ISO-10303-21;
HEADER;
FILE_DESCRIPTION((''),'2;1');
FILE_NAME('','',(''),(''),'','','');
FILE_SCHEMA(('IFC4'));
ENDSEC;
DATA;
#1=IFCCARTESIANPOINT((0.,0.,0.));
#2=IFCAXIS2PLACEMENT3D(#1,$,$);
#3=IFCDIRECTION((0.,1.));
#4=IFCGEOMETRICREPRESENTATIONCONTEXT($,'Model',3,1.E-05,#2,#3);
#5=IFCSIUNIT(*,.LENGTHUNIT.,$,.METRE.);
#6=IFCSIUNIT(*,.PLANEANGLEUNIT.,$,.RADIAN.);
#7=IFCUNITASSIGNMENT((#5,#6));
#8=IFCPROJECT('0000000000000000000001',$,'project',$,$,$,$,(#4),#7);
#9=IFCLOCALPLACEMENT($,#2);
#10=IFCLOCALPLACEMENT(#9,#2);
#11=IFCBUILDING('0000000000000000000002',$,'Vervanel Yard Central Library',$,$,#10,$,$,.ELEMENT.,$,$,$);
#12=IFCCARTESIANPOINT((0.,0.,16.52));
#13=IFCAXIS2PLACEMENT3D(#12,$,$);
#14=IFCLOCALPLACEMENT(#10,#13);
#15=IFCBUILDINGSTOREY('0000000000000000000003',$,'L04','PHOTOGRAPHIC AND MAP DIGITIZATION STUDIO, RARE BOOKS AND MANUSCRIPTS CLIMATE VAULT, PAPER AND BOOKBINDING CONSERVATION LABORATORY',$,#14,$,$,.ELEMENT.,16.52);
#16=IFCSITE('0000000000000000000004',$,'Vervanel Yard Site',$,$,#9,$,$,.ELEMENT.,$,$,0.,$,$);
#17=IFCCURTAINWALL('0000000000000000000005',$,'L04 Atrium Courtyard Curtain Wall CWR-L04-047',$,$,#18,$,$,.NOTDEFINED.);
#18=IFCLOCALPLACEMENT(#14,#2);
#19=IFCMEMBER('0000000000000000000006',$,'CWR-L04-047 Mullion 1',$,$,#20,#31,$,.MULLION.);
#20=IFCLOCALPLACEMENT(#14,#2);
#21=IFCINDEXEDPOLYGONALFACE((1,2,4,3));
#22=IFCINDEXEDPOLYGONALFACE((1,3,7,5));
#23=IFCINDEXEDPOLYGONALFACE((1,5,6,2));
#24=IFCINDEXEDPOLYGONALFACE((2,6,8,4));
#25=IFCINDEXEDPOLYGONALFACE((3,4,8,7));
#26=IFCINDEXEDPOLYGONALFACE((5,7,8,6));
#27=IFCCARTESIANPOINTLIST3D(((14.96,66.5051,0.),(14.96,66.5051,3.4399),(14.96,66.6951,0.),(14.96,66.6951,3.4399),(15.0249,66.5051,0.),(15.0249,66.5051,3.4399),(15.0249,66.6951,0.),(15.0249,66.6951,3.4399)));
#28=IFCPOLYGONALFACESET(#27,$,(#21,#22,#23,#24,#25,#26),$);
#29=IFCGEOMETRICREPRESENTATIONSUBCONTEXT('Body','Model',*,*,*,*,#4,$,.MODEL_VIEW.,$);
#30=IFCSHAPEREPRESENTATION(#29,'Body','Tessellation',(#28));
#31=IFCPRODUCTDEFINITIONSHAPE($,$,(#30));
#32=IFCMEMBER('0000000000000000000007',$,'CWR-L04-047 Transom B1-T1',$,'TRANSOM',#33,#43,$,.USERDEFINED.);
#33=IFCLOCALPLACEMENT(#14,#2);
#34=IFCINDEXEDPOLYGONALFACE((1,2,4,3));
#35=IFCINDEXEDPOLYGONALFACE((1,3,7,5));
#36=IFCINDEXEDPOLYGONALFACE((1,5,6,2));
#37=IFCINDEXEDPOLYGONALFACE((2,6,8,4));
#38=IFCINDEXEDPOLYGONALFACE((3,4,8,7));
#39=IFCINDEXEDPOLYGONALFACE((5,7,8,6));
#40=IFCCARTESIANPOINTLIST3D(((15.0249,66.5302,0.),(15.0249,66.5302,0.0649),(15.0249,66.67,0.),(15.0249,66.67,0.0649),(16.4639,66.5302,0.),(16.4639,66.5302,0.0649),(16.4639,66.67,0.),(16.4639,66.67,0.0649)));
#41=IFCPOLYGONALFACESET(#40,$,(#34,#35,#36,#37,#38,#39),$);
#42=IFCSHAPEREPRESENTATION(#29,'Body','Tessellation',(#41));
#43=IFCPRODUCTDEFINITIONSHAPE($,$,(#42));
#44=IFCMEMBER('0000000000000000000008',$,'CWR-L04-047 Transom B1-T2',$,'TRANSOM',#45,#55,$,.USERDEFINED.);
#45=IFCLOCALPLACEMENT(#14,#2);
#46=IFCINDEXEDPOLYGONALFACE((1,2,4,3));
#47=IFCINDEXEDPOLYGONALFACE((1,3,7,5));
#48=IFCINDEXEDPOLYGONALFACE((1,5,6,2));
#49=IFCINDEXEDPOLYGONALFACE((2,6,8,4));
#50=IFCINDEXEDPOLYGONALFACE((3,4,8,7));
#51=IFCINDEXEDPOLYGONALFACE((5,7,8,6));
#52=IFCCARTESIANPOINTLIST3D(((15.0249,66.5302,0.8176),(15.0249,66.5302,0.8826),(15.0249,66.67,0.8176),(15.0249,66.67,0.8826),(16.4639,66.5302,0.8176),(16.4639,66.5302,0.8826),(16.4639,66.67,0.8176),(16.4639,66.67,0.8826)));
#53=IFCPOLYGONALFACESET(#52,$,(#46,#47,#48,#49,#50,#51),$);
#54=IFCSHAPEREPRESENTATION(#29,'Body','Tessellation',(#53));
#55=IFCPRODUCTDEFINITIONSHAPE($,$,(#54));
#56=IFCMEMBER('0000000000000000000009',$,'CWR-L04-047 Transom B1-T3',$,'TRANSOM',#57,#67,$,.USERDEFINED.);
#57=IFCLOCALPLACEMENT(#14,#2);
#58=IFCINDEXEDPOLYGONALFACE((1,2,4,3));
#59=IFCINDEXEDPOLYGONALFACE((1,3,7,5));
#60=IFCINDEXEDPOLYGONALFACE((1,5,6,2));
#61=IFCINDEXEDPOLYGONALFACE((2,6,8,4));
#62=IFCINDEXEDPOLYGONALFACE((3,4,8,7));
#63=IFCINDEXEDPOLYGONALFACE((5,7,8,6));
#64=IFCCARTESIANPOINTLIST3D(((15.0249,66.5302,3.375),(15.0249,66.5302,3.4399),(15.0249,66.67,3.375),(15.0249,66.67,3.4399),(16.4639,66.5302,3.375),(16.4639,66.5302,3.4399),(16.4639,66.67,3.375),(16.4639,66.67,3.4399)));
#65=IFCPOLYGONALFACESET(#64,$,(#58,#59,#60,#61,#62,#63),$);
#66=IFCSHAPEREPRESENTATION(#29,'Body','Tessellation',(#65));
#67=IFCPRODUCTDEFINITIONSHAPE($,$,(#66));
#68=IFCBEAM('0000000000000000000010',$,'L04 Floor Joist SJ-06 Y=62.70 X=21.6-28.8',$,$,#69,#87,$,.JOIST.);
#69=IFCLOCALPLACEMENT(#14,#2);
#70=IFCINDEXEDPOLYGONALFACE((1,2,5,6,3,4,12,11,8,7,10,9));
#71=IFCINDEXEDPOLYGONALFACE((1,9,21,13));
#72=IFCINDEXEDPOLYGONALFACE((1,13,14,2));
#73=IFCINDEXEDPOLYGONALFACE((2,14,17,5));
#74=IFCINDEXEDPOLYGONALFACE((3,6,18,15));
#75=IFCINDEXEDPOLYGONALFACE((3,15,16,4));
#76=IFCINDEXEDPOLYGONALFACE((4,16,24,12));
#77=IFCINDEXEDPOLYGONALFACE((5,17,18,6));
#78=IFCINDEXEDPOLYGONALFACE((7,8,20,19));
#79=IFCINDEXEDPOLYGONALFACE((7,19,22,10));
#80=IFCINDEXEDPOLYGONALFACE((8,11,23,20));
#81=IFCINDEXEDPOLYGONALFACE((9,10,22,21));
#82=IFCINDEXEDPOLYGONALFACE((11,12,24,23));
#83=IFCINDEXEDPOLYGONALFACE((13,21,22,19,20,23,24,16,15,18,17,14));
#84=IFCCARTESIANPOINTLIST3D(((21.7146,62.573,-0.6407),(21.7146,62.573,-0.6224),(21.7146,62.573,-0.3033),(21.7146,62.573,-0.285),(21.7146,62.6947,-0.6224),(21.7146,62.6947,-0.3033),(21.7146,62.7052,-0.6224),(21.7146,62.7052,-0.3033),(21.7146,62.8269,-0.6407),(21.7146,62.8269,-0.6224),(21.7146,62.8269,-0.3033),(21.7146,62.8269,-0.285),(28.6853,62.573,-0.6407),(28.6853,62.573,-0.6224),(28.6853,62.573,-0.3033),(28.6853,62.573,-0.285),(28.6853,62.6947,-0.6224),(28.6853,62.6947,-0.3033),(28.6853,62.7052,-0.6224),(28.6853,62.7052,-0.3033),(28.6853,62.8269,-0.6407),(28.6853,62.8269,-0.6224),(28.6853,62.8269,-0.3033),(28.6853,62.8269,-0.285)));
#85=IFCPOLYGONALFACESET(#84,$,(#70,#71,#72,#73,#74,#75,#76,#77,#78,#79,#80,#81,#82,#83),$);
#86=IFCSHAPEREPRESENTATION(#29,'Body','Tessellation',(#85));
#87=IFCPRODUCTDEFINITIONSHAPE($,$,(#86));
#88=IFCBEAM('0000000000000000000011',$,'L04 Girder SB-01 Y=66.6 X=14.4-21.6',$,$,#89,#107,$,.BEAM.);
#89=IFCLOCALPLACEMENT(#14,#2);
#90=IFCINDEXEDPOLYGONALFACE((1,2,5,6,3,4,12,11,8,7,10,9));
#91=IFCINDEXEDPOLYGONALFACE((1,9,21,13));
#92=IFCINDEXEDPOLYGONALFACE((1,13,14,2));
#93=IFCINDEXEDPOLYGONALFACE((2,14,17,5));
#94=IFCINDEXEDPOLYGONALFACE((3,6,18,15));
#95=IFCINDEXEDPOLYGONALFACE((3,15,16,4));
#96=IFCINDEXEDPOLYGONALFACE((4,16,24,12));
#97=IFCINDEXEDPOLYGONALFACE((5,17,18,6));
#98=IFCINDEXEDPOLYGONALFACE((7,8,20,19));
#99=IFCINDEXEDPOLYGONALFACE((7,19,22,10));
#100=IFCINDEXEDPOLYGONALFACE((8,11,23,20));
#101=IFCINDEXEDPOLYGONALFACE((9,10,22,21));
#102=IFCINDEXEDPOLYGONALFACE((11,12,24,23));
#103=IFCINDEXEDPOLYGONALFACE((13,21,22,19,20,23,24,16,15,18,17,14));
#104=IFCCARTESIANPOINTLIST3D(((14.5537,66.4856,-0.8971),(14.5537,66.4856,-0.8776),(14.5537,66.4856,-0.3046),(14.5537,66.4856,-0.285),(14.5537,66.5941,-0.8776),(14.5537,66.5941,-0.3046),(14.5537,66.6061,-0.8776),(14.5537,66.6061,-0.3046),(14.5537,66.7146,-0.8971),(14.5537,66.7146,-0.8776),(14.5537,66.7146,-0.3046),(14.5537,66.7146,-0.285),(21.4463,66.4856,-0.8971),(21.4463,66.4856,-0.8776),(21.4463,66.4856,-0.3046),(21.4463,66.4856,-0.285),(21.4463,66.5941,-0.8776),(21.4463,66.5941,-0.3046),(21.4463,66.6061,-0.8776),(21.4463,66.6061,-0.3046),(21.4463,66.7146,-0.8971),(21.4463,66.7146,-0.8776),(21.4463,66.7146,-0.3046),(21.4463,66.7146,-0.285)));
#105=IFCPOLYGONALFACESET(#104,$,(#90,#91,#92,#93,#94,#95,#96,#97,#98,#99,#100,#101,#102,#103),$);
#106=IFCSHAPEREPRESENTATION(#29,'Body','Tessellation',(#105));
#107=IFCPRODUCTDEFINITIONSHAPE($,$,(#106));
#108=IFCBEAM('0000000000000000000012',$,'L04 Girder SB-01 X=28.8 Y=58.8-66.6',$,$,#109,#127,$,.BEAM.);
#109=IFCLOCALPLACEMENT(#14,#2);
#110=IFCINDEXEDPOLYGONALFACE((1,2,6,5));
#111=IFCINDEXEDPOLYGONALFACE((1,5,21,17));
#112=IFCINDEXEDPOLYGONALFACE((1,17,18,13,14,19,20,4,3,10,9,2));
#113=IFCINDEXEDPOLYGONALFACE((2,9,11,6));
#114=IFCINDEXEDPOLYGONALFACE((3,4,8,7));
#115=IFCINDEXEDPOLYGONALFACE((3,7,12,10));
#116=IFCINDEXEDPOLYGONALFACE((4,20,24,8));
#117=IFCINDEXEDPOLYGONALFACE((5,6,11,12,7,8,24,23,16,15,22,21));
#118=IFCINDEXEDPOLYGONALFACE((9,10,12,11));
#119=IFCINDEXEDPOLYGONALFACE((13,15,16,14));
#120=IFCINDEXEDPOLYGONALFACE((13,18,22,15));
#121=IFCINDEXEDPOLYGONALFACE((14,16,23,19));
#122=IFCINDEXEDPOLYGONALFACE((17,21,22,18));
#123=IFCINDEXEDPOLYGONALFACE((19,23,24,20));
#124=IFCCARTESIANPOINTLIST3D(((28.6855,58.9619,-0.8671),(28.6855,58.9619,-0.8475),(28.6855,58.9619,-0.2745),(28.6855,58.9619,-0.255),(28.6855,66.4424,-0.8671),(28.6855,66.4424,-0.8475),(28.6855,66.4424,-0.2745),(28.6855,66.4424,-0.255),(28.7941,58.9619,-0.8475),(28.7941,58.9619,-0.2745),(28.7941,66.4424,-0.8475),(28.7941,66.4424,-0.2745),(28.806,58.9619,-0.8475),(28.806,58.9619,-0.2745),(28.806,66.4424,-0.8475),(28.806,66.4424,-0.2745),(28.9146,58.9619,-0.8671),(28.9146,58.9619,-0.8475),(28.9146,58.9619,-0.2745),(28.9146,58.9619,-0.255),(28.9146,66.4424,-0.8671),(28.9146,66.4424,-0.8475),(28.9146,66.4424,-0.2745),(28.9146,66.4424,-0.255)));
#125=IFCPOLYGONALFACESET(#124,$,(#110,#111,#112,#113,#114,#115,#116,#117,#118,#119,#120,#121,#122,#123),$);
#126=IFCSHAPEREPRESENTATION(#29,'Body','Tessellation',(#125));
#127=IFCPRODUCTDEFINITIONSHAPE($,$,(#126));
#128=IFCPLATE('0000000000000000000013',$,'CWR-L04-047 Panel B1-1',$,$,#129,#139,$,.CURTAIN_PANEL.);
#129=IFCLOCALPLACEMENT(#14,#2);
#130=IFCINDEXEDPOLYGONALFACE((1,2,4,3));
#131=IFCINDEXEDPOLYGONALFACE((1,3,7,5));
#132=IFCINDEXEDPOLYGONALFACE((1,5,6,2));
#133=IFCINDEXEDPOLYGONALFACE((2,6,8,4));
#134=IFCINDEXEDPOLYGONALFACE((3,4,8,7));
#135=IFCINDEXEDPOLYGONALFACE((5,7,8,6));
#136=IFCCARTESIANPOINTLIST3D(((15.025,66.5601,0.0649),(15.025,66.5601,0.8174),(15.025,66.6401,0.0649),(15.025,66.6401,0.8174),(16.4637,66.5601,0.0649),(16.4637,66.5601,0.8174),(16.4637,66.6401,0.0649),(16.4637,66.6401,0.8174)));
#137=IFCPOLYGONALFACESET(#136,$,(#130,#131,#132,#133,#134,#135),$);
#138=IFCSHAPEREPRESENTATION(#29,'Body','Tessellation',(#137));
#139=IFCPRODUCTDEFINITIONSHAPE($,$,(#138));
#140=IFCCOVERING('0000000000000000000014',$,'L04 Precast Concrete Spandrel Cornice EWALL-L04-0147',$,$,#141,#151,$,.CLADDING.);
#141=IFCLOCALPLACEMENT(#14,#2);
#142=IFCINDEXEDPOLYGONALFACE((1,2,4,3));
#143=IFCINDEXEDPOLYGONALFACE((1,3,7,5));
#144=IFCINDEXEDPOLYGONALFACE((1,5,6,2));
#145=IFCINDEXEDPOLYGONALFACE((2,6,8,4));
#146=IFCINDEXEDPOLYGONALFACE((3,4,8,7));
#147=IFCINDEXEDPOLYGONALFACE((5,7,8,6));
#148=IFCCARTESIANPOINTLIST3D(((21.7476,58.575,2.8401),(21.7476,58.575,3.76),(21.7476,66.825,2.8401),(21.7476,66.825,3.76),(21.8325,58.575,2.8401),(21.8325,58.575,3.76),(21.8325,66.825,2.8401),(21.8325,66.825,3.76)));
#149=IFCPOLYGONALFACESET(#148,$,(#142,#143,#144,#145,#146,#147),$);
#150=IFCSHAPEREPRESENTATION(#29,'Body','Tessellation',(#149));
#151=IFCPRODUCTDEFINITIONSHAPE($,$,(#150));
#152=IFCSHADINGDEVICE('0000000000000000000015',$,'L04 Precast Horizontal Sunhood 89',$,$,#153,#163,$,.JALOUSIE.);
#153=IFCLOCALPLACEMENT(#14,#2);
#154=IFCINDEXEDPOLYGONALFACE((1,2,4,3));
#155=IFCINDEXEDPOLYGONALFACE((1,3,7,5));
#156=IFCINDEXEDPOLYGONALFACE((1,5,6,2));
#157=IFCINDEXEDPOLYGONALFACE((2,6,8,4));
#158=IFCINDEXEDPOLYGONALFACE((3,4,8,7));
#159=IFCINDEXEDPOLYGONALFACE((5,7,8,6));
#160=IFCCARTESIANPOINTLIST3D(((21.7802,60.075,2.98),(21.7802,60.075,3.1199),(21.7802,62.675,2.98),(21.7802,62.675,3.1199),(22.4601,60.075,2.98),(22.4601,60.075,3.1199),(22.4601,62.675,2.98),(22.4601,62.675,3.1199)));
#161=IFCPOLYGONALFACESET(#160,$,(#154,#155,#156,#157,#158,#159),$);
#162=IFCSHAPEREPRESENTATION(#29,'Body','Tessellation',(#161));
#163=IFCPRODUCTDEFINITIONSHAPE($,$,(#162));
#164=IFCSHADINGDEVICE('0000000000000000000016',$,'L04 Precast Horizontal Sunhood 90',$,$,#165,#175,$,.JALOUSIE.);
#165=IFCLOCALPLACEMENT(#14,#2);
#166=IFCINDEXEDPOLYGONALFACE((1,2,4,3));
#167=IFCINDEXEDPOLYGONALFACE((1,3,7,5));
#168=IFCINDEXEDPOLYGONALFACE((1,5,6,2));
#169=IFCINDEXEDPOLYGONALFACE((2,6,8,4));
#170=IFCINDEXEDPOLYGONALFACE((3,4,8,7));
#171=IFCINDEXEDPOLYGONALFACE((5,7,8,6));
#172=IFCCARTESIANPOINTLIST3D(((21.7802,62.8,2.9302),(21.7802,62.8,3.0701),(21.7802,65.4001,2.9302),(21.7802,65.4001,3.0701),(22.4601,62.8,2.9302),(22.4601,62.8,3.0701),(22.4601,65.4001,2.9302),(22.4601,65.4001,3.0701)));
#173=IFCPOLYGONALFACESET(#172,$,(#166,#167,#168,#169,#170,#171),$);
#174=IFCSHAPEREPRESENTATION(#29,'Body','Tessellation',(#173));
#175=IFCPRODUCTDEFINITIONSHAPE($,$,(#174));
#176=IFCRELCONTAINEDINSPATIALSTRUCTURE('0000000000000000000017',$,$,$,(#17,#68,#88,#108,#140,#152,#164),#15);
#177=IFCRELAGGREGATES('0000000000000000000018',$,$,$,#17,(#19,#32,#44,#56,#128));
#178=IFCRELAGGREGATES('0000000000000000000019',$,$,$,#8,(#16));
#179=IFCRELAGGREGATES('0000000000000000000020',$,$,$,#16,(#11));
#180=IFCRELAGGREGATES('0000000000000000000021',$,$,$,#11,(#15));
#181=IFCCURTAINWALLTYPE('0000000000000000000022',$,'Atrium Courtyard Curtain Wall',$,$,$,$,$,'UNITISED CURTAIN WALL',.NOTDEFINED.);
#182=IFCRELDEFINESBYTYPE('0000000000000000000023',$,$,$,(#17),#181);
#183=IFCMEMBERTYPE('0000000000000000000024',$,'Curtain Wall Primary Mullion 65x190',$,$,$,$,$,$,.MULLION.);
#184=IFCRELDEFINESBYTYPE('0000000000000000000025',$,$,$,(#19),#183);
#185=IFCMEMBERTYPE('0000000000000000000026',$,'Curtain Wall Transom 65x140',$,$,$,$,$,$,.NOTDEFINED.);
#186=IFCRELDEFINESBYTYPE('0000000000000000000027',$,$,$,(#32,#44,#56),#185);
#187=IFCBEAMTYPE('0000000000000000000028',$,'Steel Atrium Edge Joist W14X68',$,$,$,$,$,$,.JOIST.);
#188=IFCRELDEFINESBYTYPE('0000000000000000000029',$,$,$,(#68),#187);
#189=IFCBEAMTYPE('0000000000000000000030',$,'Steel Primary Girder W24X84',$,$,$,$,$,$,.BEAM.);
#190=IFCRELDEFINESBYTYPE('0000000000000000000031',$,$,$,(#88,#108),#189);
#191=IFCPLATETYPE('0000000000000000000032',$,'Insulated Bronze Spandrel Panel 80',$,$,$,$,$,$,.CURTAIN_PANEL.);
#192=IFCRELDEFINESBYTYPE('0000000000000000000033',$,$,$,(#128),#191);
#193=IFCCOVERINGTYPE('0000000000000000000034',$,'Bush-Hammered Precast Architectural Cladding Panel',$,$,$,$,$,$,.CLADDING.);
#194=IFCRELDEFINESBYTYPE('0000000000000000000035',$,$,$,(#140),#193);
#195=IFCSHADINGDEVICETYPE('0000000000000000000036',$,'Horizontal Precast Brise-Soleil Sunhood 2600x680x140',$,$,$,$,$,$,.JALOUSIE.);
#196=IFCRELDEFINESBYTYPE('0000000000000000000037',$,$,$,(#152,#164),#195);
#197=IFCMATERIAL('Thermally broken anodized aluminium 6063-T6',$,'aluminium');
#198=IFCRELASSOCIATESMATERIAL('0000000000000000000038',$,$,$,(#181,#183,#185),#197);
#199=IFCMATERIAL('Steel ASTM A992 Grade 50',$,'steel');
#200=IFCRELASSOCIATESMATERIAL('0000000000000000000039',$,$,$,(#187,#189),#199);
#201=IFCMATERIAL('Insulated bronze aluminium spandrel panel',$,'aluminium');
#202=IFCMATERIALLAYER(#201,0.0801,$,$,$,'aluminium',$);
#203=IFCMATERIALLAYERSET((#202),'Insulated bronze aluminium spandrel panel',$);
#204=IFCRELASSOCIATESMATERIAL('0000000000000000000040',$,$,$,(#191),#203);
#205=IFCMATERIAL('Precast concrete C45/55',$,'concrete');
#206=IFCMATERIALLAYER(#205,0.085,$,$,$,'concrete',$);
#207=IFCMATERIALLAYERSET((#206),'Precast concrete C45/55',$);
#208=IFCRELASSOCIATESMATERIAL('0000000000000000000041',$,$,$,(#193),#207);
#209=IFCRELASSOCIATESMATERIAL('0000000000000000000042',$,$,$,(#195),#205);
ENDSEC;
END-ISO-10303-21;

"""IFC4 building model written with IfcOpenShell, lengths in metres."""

from ifc_helpers import new_model, si_unit, direction, frame, origin, origin_2d, place, context, subcontext, project, spatial, rectangle, i_section, extrude, material, layer, layer_set, material_profile, profile_set, type_object, element, aggregate, save


model = new_model("IFC4")

# Units and contexts
model_context = context("Model", 3, precision=1e-05, world=origin(), true_north=direction((0.0, 1.0)))
body_context = subcontext(model_context, "Body", "Model", "MODEL_VIEW")
ifc_project = project(units=[si_unit("LENGTHUNIT", "METRE"), si_unit("PLANEANGLEUNIT", "RADIAN")], contexts=[model_context])

# Site, building, storey
site_placement = place(None, origin())
site = spatial("IfcSite", under=ifc_project, at=site_placement, Name="Vervanel Yard Site", CompositionType="ELEMENT", RefElevation=0.0)
building_placement = place(site_placement, origin())
building = spatial("IfcBuilding", under=site, at=building_placement, Name="Vervanel Yard Central Library", CompositionType="ELEMENT")
storey_placement = place(building_placement, frame((0.0, 0.0, 16.52)))
storey = spatial("IfcBuildingStorey", under=building, at=storey_placement, Name="L04", Description="PHOTOGRAPHIC AND MAP DIGITIZATION STUDIO, RARE BOOKS AND MANUSCRIPTS CLIMATE VAULT, PAPER AND BOOKBINDING CONSERVATION LABORATORY", CompositionType="ELEMENT", Elevation=16.52)

# Curtain wall, members
ifc_material_1 = material(Name="Thermally broken anodized aluminium 6063-T6", Category="aluminium")
curtain_wall_type = type_object("IfcCurtainWallType", Name="Atrium Courtyard Curtain Wall", ElementType="UNITISED CURTAIN WALL", PredefinedType="NOTDEFINED", material=ifc_material_1)
curtain_wall_placement = place(storey_placement, origin())
curtain_wall = element("IfcCurtainWall", 1, at=curtain_wall_placement, inside=storey, type_object=curtain_wall_type, Name="L04 Atrium Courtyard Curtain Wall CWR-L04-047", PredefinedType="NOTDEFINED")
ifc_material_profile_1 = material_profile(ifc_material_1, rectangle(XDim=0.0649, YDim=0.1899, at=origin_2d()), Name="ALU 65x190", Category="aluminium")
ifc_profile_set_1 = profile_set([ifc_material_profile_1], Name="Thermally broken anodized aluminium 6063-T6")
member_type_1 = type_object("IfcMemberType", Name="Curtain Wall Primary Mullion 65x190", PredefinedType="MULLION", material=ifc_profile_set_1)
member_1_placement = place(storey_placement, frame((14.9924, 66.6001, 0.0), z_axis=(0.0, 0.0, 1.0), x_axis=(1.0, 0.0, 0.0)))
member_1 = element("IfcMember", 2, at=member_1_placement, type_object=member_type_1, Name="CWR-L04-047 Mullion 1", PredefinedType="MULLION", context=body_context, shape_type="SweptSolid", body=[
    extrude(rectangle(XDim=0.0649, YDim=0.1899, at=origin_2d()), origin(), (0.0, 0.0, 1.0), 3.4399),
])
ifc_material_profile_2 = material_profile(ifc_material_1, rectangle(XDim=0.0649, YDim=0.1399, at=origin_2d()), Name="ALU 65x140", Category="aluminium")
ifc_profile_set_2 = profile_set([ifc_material_profile_2], Name="Thermally broken anodized aluminium 6063-T6")
member_type_2 = type_object("IfcMemberType", Name="Curtain Wall Transom 65x140", PredefinedType="NOTDEFINED", material=ifc_profile_set_2)
member_2_placement = place(storey_placement, frame((15.0249, 66.6001, 0.0325), z_axis=(1.0, 0.0, 0.0), x_axis=(0.0, 0.0, 1.0)))
member_2 = element("IfcMember", 3, at=member_2_placement, type_object=member_type_2, Name="CWR-L04-047 Transom B1-T1", ObjectType="TRANSOM", PredefinedType="USERDEFINED", context=body_context, shape_type="SweptSolid", body=[
    extrude(rectangle(XDim=0.0649, YDim=0.1399, at=origin_2d()), origin(), (0.0, 0.0, 1.0), 1.439),
])
member_3_placement = place(storey_placement, frame((15.0249, 66.6001, 0.8501), z_axis=(1.0, 0.0, 0.0), x_axis=(0.0, 0.0, 1.0)))
member_3 = element("IfcMember", 4, at=member_3_placement, type_object=member_type_2, Name="CWR-L04-047 Transom B1-T2", ObjectType="TRANSOM", PredefinedType="USERDEFINED", context=body_context, shape_type="SweptSolid", body=[
    extrude(rectangle(XDim=0.0649, YDim=0.1399, at=origin_2d()), origin(), (0.0, 0.0, 1.0), 1.439),
])
member_4_placement = place(storey_placement, frame((15.0249, 66.6001, 3.4075), z_axis=(1.0, 0.0, 0.0), x_axis=(0.0, 0.0, 1.0)))
member_4 = element("IfcMember", 5, at=member_4_placement, type_object=member_type_2, Name="CWR-L04-047 Transom B1-T3", ObjectType="TRANSOM", PredefinedType="USERDEFINED", context=body_context, shape_type="SweptSolid", body=[
    extrude(rectangle(XDim=0.0649, YDim=0.1399, at=origin_2d()), origin(), (0.0, 0.0, 1.0), 1.439),
])

# Beams
ifc_material_2 = material(Name="Steel ASTM A992 Grade 50", Category="steel")
ifc_material_profile_3 = material_profile(ifc_material_2, i_section(OverallWidth=0.2539, OverallDepth=0.3557, WebThickness=0.0105, FlangeThickness=0.0183, at=origin_2d()), Name="W14X68", Category="steel")
ifc_profile_set_3 = profile_set([ifc_material_profile_3], Name="Steel ASTM A992 Grade 50")
beam_type_1 = type_object("IfcBeamType", Name="Steel Atrium Edge Joist W14X68", PredefinedType="JOIST", material=ifc_profile_set_3)
beam_1_placement = place(storey_placement, frame((21.7146, 62.7, -0.4629), z_axis=(1.0, 0.0, 0.0), x_axis=(0.0, 1.0, 0.0)))
element("IfcBeam", 6, at=beam_1_placement, inside=storey, type_object=beam_type_1, Name="L04 Floor Joist SJ-06 Y=62.70 X=21.6-28.8", PredefinedType="JOIST", context=body_context, shape_type="SweptSolid", body=[
    extrude(i_section(OverallWidth=0.2539, OverallDepth=0.3557, WebThickness=0.0105, FlangeThickness=0.0183, at=origin_2d()), origin(), (0.0, 0.0, 1.0), 6.9707),
])
ifc_material_profile_4 = material_profile(ifc_material_2, i_section(OverallWidth=0.229, OverallDepth=0.6121, WebThickness=0.012, FlangeThickness=0.0195, at=origin_2d()), Name="W24X84", Category="steel")
ifc_profile_set_4 = profile_set([ifc_material_profile_4], Name="Steel ASTM A992 Grade 50")
beam_type_2 = type_object("IfcBeamType", Name="Steel Primary Girder W24X84", PredefinedType="BEAM", material=ifc_profile_set_4)
beam_2_placement = place(storey_placement, frame((14.5537, 66.6001, -0.5911), z_axis=(1.0, 0.0, 0.0), x_axis=(0.0, 1.0, 0.0)))
element("IfcBeam", 7, at=beam_2_placement, inside=storey, type_object=beam_type_2, Name="L04 Girder SB-01 Y=66.6 X=14.4-21.6", PredefinedType="BEAM", context=body_context, shape_type="SweptSolid", body=[
    extrude(i_section(OverallWidth=0.229, OverallDepth=0.6121, WebThickness=0.012, FlangeThickness=0.0195, at=origin_2d()), origin(), (0.0, 0.0, 1.0), 6.8926),
])
beam_3_placement = place(storey_placement, frame((28.8, 58.9619, -0.561), z_axis=(0.0, 1.0, 0.0), x_axis=(-1.0, 0.0, 0.0)))
element("IfcBeam", 8, at=beam_3_placement, inside=storey, type_object=beam_type_2, Name="L04 Girder SB-01 X=28.8 Y=58.8-66.6", PredefinedType="BEAM", context=body_context, shape_type="SweptSolid", body=[
    extrude(i_section(OverallWidth=0.229, OverallDepth=0.6121, WebThickness=0.012, FlangeThickness=0.0195, at=origin_2d()), origin(), (0.0, 0.0, 1.0), 7.4805),
])

# Plate
ifc_material_3 = material(Name="Insulated bronze aluminium spandrel panel", Category="aluminium")
ifc_layer_1 = layer(ifc_material_3, 0.0801, Category="aluminium")
ifc_layer_set_1 = layer_set([ifc_layer_1], Name="Insulated bronze aluminium spandrel panel")
plate_type = type_object("IfcPlateType", Name="Insulated Bronze Spandrel Panel 80", PredefinedType="CURTAIN_PANEL", material=ifc_layer_set_1)
plate_placement = place(storey_placement, frame((15.7444, 66.6001, 0.0649), z_axis=(0.0, 0.0, 1.0), x_axis=(1.0, 0.0, 0.0)))
plate = element("IfcPlate", 9, at=plate_placement, type_object=plate_type, Name="CWR-L04-047 Panel B1-1", PredefinedType="CURTAIN_PANEL", context=body_context, shape_type="SweptSolid", body=[
    extrude(rectangle(XDim=1.4387, YDim=0.0801, at=origin_2d()), origin(), (0.0, 0.0, 1.0), 0.7524),
])
aggregate(curtain_wall, [member_1, member_2, member_3, member_4, plate])

# Covering
ifc_material_4 = material(Name="Precast concrete C45/55", Category="concrete")
ifc_layer_2 = layer(ifc_material_4, 0.085, Category="concrete")
ifc_layer_set_2 = layer_set([ifc_layer_2], Name="Precast concrete C45/55")
covering_type = type_object("IfcCoveringType", Name="Bush-Hammered Precast Architectural Cladding Panel", PredefinedType="CLADDING", material=ifc_layer_set_2)
covering_placement = place(storey_placement, frame((21.79, 62.7, 2.8401), z_axis=(0.0, 0.0, 1.0), x_axis=(0.0, 1.0, 0.0)))
element("IfcCovering", 10, at=covering_placement, inside=storey, type_object=covering_type, Name="L04 Precast Concrete Spandrel Cornice EWALL-L04-0147", PredefinedType="CLADDING", context=body_context, shape_type="SweptSolid", body=[
    extrude(rectangle(XDim=8.25, YDim=0.085, at=origin_2d()), origin(), (0.0, 0.0, 1.0), 0.9199),
])

# Shading devices
shading_device_type_1 = type_object("IfcShadingDeviceType", Name="Horizontal Precast Brise-Soleil Sunhood 2600x680x140", PredefinedType="JALOUSIE", material=ifc_material_4)
for number, where, z_axis, x_axis, name in (
    (11, (22.1201, 61.375, 2.98), (0.0, 0.0, 1.0), (0.0, 1.0, 0.0), "L04 Precast Horizontal Sunhood 89"),
    (12, (22.1201, 64.1001, 2.9302), (0.0, 0.0, 1.0), (0.0, 1.0, 0.0), "L04 Precast Horizontal Sunhood 90"),
):
    element("IfcShadingDevice", number, at=place(storey_placement, frame(where, z_axis=z_axis, x_axis=x_axis)), inside=storey, type_object=shading_device_type_1, Name=name, PredefinedType="JALOUSIE", context=body_context, shape_type="SweptSolid", body=[
        extrude(rectangle(XDim=2.6001, YDim=0.6799, at=origin_2d()), origin(), (0.0, 0.0, 1.0), 0.1399),
    ])

save(model, "model.ifc")
